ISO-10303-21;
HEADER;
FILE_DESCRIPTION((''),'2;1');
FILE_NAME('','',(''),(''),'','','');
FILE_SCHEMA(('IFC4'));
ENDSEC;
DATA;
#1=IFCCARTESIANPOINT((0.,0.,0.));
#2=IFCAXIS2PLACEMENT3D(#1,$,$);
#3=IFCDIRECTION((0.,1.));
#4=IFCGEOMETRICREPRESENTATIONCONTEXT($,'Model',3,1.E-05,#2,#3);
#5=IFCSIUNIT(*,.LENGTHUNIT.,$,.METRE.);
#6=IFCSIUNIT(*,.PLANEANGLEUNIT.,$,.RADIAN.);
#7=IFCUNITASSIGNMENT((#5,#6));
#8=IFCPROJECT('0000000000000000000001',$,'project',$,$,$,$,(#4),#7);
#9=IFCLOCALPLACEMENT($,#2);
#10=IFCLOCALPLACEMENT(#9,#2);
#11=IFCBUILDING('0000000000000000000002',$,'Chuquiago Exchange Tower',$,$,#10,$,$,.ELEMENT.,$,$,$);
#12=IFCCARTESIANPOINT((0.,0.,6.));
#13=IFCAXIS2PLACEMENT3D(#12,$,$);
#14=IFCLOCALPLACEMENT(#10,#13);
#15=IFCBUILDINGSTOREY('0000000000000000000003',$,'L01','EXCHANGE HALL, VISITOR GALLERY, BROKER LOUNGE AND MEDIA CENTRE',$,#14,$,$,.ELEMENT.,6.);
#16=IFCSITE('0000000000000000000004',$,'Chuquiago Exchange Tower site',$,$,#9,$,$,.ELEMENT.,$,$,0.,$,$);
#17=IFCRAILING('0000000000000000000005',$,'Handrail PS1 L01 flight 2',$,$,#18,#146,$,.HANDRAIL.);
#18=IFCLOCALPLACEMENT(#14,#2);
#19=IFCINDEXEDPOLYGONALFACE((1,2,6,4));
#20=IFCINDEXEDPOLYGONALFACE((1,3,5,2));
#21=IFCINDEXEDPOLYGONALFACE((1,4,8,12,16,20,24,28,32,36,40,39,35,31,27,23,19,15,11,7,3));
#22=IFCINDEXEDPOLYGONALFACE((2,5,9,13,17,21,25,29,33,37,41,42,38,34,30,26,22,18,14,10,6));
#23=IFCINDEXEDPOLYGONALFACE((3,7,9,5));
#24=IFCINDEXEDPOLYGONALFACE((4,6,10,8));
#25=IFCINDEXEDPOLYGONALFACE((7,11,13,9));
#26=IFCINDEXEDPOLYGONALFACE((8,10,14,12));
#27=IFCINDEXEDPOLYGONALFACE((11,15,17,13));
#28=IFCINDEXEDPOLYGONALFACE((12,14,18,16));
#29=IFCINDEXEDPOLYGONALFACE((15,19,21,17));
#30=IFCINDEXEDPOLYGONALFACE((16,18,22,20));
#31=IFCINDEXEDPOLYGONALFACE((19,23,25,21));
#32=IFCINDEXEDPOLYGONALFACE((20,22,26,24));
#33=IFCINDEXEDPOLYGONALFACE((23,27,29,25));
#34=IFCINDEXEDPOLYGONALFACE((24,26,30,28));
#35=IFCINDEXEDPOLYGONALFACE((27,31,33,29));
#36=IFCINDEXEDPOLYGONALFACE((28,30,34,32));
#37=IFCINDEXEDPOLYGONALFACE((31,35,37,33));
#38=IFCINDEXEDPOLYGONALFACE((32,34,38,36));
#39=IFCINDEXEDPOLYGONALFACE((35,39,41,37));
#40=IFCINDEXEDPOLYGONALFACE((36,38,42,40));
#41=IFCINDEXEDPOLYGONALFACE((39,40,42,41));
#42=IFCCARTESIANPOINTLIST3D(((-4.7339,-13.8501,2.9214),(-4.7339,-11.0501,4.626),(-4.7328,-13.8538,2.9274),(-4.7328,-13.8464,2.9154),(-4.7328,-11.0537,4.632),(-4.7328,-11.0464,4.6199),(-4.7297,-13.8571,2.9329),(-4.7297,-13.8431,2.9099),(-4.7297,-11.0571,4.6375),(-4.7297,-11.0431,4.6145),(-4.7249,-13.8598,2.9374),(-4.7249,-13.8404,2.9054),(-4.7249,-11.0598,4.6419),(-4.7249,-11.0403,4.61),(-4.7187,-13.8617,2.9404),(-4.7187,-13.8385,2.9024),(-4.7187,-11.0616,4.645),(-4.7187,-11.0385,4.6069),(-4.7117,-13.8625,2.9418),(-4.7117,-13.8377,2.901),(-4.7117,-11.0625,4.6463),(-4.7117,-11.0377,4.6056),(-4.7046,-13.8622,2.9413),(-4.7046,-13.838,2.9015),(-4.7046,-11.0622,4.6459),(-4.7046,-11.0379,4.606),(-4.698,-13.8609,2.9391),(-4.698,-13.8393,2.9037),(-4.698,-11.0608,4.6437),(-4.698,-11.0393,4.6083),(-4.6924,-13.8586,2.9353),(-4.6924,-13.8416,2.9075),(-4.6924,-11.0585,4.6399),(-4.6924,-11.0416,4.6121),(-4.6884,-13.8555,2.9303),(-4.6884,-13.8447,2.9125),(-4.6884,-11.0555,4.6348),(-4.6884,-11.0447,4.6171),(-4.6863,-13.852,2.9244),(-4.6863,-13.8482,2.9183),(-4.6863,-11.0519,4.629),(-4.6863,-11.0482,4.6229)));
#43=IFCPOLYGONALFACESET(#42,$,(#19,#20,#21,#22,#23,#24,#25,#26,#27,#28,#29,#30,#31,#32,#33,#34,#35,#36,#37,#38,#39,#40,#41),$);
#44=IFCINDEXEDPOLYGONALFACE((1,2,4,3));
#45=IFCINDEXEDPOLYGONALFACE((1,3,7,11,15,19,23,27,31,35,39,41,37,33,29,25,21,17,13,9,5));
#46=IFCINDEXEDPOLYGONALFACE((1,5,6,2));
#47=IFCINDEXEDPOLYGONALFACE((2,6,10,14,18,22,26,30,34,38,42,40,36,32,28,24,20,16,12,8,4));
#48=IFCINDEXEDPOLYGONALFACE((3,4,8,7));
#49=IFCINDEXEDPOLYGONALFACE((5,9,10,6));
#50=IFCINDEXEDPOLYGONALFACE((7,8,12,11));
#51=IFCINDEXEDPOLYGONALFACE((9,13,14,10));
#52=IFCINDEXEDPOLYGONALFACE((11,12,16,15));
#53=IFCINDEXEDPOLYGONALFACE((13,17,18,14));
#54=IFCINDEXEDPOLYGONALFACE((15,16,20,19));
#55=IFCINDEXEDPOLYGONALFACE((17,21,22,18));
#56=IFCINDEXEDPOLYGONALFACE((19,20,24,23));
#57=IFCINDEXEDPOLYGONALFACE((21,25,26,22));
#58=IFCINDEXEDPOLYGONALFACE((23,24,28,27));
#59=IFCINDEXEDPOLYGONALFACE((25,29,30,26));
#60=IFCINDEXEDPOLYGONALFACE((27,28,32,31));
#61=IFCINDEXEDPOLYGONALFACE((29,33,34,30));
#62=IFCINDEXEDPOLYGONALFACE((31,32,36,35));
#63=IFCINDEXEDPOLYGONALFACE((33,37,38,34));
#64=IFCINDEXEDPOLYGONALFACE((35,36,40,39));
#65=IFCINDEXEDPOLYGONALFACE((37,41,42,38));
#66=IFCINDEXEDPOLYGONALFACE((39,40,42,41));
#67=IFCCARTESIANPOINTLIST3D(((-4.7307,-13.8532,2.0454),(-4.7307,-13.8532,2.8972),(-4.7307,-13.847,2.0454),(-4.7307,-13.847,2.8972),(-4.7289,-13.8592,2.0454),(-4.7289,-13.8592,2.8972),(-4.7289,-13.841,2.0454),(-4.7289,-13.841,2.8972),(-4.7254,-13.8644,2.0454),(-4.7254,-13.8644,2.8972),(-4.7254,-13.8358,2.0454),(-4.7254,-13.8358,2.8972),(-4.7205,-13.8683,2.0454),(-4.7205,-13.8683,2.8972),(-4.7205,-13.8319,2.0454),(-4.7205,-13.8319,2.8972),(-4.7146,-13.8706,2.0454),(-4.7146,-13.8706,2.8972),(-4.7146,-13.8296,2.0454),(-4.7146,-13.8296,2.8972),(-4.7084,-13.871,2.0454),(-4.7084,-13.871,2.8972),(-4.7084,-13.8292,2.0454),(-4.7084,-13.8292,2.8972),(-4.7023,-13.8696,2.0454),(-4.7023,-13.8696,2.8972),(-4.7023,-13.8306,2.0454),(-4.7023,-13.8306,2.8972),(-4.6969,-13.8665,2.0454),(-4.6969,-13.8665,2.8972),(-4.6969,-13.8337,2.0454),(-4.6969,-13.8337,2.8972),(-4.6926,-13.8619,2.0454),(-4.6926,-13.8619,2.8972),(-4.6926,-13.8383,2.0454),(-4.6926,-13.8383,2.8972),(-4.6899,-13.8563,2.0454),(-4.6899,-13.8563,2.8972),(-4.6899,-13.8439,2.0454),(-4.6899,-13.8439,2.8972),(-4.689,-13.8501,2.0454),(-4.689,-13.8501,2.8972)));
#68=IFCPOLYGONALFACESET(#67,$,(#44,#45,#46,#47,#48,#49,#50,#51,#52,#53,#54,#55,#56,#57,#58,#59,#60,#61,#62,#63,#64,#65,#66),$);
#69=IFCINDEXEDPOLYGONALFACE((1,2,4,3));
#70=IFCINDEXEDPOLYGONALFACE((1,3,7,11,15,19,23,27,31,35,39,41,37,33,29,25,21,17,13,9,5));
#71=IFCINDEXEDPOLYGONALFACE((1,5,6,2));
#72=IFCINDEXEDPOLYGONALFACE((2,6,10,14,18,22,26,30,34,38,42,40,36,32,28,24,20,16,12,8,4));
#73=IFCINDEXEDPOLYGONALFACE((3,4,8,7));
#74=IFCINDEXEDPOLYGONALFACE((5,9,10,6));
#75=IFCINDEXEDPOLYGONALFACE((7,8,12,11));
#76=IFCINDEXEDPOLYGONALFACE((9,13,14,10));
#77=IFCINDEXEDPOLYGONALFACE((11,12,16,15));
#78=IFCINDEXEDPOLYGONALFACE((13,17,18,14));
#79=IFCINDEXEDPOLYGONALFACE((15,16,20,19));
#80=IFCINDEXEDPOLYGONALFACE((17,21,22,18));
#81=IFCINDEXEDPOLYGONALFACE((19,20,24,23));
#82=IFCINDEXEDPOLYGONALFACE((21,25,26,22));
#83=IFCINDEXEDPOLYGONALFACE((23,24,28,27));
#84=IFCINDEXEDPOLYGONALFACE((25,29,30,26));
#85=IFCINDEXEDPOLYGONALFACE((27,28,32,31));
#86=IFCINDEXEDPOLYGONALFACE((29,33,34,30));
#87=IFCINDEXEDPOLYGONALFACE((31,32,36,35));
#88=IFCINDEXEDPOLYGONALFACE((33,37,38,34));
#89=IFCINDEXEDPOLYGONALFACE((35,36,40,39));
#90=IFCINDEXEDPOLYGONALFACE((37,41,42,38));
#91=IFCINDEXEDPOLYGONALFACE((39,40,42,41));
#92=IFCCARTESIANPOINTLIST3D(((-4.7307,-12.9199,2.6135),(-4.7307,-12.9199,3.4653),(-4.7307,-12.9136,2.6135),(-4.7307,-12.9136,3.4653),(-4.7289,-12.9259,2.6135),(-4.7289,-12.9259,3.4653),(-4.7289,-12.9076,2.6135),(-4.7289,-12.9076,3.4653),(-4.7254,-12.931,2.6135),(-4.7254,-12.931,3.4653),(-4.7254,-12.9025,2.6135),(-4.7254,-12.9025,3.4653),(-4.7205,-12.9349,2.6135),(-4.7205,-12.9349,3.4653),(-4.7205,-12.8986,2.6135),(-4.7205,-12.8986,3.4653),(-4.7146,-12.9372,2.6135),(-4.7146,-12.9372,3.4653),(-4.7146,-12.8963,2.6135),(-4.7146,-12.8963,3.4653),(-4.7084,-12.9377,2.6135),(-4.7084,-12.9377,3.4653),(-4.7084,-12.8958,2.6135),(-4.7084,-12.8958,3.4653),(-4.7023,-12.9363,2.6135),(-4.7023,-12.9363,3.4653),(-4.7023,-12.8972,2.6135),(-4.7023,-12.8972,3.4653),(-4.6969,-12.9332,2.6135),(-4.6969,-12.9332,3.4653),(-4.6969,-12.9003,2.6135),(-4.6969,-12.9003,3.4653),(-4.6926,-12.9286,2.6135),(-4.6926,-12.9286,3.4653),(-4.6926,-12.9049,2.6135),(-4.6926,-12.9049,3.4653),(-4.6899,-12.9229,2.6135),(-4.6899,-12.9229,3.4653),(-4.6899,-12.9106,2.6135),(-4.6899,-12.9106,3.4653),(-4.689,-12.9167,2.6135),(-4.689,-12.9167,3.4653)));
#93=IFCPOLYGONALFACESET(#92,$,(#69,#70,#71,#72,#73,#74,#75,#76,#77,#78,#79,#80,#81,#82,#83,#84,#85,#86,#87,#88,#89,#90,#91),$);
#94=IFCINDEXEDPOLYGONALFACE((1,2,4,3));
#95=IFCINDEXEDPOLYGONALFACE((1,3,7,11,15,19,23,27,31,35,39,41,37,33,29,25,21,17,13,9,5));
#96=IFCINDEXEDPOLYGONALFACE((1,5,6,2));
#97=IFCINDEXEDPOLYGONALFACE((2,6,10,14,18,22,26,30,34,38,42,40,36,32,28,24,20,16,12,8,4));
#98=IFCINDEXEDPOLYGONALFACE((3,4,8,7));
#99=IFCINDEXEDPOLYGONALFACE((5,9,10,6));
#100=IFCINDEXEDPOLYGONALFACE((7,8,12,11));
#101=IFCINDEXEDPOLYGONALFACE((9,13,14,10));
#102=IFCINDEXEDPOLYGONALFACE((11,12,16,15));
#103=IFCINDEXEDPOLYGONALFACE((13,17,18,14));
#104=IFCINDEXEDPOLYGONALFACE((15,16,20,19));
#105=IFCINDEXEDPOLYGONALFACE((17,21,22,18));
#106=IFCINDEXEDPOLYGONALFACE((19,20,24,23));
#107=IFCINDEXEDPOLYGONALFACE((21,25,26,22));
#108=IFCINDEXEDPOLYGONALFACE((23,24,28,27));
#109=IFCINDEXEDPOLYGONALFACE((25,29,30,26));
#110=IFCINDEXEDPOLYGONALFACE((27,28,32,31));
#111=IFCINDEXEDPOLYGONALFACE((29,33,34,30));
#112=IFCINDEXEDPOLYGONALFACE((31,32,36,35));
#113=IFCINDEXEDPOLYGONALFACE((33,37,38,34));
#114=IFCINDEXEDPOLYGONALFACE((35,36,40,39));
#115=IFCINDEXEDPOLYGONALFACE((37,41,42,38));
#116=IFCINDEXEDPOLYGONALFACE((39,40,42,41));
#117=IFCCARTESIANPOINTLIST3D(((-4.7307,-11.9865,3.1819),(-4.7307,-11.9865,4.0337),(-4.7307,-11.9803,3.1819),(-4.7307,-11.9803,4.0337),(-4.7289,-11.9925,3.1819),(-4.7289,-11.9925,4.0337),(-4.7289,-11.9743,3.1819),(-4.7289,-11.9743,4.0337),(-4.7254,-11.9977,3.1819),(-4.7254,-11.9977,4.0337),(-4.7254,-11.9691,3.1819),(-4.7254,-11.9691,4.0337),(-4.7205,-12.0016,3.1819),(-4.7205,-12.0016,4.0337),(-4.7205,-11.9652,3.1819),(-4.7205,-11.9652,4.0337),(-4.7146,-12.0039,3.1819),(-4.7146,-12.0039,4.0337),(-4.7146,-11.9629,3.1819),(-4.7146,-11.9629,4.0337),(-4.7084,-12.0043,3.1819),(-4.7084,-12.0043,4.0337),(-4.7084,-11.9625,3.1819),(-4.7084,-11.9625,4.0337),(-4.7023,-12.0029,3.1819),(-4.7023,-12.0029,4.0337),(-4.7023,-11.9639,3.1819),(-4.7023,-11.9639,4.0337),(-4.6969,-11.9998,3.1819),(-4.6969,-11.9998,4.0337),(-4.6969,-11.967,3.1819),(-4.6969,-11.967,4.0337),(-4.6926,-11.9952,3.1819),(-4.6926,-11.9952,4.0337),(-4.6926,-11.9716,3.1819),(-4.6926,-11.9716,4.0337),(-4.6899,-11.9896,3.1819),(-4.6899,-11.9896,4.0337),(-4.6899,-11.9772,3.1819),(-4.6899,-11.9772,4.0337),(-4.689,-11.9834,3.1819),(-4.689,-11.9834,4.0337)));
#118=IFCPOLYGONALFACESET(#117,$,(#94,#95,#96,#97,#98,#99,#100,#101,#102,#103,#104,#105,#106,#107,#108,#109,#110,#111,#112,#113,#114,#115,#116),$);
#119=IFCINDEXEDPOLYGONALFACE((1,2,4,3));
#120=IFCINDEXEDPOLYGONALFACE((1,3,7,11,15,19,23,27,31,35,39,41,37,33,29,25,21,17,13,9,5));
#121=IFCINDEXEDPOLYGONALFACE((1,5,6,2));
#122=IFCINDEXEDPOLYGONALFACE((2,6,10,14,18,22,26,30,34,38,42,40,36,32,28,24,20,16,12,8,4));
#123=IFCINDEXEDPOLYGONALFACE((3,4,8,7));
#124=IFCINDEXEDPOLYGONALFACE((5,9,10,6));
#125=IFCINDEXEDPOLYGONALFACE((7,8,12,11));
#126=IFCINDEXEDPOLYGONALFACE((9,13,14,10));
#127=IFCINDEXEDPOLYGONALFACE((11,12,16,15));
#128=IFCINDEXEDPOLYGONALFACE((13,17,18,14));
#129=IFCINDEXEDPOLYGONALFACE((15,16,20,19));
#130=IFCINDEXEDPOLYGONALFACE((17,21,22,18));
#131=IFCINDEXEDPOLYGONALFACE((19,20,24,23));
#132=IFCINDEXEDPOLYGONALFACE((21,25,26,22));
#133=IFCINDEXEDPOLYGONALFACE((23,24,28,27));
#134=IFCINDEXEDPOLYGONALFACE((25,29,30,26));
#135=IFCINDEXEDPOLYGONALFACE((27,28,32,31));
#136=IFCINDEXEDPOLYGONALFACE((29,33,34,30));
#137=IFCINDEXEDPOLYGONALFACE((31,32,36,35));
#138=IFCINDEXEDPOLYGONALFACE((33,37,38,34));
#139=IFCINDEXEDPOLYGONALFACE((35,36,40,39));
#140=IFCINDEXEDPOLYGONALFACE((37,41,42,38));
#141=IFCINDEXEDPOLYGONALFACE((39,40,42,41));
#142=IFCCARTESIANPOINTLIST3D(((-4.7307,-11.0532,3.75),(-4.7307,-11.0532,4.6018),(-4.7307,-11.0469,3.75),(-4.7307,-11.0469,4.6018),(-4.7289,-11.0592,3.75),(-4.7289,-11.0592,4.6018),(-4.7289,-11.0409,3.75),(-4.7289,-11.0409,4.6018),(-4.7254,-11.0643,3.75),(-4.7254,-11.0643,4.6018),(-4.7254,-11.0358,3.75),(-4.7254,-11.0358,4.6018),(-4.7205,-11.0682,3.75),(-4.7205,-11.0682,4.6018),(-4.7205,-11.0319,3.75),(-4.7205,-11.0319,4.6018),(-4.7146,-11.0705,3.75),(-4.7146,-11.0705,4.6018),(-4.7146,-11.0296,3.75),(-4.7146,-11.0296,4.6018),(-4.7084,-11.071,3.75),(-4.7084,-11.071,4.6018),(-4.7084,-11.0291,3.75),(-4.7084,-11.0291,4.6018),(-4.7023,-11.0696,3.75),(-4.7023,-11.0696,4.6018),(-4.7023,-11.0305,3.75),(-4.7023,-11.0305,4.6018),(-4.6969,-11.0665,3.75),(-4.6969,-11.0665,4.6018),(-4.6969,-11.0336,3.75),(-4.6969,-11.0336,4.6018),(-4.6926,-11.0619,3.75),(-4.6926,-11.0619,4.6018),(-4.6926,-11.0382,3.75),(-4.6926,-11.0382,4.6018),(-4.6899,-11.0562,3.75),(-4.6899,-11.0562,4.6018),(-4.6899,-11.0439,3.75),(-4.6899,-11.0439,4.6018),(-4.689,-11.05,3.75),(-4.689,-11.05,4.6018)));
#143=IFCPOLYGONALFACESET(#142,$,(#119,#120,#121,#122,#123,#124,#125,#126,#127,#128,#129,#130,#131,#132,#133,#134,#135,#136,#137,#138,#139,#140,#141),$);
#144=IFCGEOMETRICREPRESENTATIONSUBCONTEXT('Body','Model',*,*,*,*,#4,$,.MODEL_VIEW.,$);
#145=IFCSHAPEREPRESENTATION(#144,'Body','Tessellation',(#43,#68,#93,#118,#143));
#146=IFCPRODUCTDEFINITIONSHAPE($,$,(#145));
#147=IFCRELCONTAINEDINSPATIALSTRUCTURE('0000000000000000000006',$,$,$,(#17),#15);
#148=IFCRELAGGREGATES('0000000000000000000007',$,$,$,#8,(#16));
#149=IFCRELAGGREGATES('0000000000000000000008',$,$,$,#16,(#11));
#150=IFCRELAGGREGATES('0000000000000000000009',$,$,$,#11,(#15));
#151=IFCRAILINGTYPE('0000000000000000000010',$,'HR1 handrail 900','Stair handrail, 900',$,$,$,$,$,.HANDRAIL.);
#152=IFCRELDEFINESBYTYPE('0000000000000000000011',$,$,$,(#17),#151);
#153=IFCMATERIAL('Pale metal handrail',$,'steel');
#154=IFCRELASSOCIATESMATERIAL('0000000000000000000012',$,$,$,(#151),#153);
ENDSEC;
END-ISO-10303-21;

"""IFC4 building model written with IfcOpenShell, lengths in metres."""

from ifc_helpers import new_model, si_unit, direction, frame, origin, origin_2d, place, context, subcontext, project, spatial, circle, extrude, material, type_object, element, save


model = new_model("IFC4")

# Units and contexts
model_context = context("Model", 3, precision=1e-05, world=origin(), true_north=direction((0.0, 1.0)))
body_context = subcontext(model_context, "Body", "Model", "MODEL_VIEW")
ifc_project = project(units=[si_unit("LENGTHUNIT", "METRE"), si_unit("PLANEANGLEUNIT", "RADIAN")], contexts=[model_context])

# Site, building, storey
site_placement = place(None, origin())
site = spatial("IfcSite", under=ifc_project, at=site_placement, Name="Chuquiago Exchange Tower site", CompositionType="ELEMENT", RefElevation=0.0)
building_placement = place(site_placement, origin())
building = spatial("IfcBuilding", under=site, at=building_placement, Name="Chuquiago Exchange Tower", CompositionType="ELEMENT")
storey_placement = place(building_placement, frame((0.0, 0.0, 6.0)))
storey = spatial("IfcBuildingStorey", under=building, at=storey_placement, Name="L01", Description="EXCHANGE HALL, VISITOR GALLERY, BROKER LOUNGE AND MEDIA CENTRE", CompositionType="ELEMENT", Elevation=6.0)

# Railing
ifc_material_1 = material(Name="Pale metal handrail", Category="steel")
railing_type = type_object("IfcRailingType", Name="HR1 handrail 900", Description="Stair handrail, 900", PredefinedType="HANDRAIL", material=ifc_material_1)
for number, where, name in (
    (1, (-4.71, -13.8501, 2.0454), "Handrail PS1 L01 flight 2"),
):
    element("IfcRailing", number, at=place(storey_placement, frame(where)), inside=storey, type_object=railing_type, Name=name, PredefinedType="HANDRAIL", context=body_context, shape_type="SweptSolid", body=[
        extrude(circle(Radius=0.0239, at=origin_2d()), frame((0.0, 0.0, 0.876), z_axis=(0.0, 0.85417, 0.519994), x_axis=(-1.0, 0.0, 0.0)), (0.0, 0.0, 1.0), 3.2781),
        extrude(circle(Radius=0.021, at=origin_2d()), origin(), (0.0, 0.0, 1.0), 0.8518),
        extrude(circle(Radius=0.021, at=origin_2d()), frame((0.0, 0.9333, 0.5681)), (0.0, 0.0, 1.0), 0.8518),
        extrude(circle(Radius=0.021, at=origin_2d()), frame((0.0, 1.8667, 1.1365)), (0.0, 0.0, 1.0), 0.8518),
        extrude(circle(Radius=0.021, at=origin_2d()), frame((0.0, 2.8, 1.7046)), (0.0, 0.0, 1.0), 0.8518),
    ])

save(model, "model.ifc")
